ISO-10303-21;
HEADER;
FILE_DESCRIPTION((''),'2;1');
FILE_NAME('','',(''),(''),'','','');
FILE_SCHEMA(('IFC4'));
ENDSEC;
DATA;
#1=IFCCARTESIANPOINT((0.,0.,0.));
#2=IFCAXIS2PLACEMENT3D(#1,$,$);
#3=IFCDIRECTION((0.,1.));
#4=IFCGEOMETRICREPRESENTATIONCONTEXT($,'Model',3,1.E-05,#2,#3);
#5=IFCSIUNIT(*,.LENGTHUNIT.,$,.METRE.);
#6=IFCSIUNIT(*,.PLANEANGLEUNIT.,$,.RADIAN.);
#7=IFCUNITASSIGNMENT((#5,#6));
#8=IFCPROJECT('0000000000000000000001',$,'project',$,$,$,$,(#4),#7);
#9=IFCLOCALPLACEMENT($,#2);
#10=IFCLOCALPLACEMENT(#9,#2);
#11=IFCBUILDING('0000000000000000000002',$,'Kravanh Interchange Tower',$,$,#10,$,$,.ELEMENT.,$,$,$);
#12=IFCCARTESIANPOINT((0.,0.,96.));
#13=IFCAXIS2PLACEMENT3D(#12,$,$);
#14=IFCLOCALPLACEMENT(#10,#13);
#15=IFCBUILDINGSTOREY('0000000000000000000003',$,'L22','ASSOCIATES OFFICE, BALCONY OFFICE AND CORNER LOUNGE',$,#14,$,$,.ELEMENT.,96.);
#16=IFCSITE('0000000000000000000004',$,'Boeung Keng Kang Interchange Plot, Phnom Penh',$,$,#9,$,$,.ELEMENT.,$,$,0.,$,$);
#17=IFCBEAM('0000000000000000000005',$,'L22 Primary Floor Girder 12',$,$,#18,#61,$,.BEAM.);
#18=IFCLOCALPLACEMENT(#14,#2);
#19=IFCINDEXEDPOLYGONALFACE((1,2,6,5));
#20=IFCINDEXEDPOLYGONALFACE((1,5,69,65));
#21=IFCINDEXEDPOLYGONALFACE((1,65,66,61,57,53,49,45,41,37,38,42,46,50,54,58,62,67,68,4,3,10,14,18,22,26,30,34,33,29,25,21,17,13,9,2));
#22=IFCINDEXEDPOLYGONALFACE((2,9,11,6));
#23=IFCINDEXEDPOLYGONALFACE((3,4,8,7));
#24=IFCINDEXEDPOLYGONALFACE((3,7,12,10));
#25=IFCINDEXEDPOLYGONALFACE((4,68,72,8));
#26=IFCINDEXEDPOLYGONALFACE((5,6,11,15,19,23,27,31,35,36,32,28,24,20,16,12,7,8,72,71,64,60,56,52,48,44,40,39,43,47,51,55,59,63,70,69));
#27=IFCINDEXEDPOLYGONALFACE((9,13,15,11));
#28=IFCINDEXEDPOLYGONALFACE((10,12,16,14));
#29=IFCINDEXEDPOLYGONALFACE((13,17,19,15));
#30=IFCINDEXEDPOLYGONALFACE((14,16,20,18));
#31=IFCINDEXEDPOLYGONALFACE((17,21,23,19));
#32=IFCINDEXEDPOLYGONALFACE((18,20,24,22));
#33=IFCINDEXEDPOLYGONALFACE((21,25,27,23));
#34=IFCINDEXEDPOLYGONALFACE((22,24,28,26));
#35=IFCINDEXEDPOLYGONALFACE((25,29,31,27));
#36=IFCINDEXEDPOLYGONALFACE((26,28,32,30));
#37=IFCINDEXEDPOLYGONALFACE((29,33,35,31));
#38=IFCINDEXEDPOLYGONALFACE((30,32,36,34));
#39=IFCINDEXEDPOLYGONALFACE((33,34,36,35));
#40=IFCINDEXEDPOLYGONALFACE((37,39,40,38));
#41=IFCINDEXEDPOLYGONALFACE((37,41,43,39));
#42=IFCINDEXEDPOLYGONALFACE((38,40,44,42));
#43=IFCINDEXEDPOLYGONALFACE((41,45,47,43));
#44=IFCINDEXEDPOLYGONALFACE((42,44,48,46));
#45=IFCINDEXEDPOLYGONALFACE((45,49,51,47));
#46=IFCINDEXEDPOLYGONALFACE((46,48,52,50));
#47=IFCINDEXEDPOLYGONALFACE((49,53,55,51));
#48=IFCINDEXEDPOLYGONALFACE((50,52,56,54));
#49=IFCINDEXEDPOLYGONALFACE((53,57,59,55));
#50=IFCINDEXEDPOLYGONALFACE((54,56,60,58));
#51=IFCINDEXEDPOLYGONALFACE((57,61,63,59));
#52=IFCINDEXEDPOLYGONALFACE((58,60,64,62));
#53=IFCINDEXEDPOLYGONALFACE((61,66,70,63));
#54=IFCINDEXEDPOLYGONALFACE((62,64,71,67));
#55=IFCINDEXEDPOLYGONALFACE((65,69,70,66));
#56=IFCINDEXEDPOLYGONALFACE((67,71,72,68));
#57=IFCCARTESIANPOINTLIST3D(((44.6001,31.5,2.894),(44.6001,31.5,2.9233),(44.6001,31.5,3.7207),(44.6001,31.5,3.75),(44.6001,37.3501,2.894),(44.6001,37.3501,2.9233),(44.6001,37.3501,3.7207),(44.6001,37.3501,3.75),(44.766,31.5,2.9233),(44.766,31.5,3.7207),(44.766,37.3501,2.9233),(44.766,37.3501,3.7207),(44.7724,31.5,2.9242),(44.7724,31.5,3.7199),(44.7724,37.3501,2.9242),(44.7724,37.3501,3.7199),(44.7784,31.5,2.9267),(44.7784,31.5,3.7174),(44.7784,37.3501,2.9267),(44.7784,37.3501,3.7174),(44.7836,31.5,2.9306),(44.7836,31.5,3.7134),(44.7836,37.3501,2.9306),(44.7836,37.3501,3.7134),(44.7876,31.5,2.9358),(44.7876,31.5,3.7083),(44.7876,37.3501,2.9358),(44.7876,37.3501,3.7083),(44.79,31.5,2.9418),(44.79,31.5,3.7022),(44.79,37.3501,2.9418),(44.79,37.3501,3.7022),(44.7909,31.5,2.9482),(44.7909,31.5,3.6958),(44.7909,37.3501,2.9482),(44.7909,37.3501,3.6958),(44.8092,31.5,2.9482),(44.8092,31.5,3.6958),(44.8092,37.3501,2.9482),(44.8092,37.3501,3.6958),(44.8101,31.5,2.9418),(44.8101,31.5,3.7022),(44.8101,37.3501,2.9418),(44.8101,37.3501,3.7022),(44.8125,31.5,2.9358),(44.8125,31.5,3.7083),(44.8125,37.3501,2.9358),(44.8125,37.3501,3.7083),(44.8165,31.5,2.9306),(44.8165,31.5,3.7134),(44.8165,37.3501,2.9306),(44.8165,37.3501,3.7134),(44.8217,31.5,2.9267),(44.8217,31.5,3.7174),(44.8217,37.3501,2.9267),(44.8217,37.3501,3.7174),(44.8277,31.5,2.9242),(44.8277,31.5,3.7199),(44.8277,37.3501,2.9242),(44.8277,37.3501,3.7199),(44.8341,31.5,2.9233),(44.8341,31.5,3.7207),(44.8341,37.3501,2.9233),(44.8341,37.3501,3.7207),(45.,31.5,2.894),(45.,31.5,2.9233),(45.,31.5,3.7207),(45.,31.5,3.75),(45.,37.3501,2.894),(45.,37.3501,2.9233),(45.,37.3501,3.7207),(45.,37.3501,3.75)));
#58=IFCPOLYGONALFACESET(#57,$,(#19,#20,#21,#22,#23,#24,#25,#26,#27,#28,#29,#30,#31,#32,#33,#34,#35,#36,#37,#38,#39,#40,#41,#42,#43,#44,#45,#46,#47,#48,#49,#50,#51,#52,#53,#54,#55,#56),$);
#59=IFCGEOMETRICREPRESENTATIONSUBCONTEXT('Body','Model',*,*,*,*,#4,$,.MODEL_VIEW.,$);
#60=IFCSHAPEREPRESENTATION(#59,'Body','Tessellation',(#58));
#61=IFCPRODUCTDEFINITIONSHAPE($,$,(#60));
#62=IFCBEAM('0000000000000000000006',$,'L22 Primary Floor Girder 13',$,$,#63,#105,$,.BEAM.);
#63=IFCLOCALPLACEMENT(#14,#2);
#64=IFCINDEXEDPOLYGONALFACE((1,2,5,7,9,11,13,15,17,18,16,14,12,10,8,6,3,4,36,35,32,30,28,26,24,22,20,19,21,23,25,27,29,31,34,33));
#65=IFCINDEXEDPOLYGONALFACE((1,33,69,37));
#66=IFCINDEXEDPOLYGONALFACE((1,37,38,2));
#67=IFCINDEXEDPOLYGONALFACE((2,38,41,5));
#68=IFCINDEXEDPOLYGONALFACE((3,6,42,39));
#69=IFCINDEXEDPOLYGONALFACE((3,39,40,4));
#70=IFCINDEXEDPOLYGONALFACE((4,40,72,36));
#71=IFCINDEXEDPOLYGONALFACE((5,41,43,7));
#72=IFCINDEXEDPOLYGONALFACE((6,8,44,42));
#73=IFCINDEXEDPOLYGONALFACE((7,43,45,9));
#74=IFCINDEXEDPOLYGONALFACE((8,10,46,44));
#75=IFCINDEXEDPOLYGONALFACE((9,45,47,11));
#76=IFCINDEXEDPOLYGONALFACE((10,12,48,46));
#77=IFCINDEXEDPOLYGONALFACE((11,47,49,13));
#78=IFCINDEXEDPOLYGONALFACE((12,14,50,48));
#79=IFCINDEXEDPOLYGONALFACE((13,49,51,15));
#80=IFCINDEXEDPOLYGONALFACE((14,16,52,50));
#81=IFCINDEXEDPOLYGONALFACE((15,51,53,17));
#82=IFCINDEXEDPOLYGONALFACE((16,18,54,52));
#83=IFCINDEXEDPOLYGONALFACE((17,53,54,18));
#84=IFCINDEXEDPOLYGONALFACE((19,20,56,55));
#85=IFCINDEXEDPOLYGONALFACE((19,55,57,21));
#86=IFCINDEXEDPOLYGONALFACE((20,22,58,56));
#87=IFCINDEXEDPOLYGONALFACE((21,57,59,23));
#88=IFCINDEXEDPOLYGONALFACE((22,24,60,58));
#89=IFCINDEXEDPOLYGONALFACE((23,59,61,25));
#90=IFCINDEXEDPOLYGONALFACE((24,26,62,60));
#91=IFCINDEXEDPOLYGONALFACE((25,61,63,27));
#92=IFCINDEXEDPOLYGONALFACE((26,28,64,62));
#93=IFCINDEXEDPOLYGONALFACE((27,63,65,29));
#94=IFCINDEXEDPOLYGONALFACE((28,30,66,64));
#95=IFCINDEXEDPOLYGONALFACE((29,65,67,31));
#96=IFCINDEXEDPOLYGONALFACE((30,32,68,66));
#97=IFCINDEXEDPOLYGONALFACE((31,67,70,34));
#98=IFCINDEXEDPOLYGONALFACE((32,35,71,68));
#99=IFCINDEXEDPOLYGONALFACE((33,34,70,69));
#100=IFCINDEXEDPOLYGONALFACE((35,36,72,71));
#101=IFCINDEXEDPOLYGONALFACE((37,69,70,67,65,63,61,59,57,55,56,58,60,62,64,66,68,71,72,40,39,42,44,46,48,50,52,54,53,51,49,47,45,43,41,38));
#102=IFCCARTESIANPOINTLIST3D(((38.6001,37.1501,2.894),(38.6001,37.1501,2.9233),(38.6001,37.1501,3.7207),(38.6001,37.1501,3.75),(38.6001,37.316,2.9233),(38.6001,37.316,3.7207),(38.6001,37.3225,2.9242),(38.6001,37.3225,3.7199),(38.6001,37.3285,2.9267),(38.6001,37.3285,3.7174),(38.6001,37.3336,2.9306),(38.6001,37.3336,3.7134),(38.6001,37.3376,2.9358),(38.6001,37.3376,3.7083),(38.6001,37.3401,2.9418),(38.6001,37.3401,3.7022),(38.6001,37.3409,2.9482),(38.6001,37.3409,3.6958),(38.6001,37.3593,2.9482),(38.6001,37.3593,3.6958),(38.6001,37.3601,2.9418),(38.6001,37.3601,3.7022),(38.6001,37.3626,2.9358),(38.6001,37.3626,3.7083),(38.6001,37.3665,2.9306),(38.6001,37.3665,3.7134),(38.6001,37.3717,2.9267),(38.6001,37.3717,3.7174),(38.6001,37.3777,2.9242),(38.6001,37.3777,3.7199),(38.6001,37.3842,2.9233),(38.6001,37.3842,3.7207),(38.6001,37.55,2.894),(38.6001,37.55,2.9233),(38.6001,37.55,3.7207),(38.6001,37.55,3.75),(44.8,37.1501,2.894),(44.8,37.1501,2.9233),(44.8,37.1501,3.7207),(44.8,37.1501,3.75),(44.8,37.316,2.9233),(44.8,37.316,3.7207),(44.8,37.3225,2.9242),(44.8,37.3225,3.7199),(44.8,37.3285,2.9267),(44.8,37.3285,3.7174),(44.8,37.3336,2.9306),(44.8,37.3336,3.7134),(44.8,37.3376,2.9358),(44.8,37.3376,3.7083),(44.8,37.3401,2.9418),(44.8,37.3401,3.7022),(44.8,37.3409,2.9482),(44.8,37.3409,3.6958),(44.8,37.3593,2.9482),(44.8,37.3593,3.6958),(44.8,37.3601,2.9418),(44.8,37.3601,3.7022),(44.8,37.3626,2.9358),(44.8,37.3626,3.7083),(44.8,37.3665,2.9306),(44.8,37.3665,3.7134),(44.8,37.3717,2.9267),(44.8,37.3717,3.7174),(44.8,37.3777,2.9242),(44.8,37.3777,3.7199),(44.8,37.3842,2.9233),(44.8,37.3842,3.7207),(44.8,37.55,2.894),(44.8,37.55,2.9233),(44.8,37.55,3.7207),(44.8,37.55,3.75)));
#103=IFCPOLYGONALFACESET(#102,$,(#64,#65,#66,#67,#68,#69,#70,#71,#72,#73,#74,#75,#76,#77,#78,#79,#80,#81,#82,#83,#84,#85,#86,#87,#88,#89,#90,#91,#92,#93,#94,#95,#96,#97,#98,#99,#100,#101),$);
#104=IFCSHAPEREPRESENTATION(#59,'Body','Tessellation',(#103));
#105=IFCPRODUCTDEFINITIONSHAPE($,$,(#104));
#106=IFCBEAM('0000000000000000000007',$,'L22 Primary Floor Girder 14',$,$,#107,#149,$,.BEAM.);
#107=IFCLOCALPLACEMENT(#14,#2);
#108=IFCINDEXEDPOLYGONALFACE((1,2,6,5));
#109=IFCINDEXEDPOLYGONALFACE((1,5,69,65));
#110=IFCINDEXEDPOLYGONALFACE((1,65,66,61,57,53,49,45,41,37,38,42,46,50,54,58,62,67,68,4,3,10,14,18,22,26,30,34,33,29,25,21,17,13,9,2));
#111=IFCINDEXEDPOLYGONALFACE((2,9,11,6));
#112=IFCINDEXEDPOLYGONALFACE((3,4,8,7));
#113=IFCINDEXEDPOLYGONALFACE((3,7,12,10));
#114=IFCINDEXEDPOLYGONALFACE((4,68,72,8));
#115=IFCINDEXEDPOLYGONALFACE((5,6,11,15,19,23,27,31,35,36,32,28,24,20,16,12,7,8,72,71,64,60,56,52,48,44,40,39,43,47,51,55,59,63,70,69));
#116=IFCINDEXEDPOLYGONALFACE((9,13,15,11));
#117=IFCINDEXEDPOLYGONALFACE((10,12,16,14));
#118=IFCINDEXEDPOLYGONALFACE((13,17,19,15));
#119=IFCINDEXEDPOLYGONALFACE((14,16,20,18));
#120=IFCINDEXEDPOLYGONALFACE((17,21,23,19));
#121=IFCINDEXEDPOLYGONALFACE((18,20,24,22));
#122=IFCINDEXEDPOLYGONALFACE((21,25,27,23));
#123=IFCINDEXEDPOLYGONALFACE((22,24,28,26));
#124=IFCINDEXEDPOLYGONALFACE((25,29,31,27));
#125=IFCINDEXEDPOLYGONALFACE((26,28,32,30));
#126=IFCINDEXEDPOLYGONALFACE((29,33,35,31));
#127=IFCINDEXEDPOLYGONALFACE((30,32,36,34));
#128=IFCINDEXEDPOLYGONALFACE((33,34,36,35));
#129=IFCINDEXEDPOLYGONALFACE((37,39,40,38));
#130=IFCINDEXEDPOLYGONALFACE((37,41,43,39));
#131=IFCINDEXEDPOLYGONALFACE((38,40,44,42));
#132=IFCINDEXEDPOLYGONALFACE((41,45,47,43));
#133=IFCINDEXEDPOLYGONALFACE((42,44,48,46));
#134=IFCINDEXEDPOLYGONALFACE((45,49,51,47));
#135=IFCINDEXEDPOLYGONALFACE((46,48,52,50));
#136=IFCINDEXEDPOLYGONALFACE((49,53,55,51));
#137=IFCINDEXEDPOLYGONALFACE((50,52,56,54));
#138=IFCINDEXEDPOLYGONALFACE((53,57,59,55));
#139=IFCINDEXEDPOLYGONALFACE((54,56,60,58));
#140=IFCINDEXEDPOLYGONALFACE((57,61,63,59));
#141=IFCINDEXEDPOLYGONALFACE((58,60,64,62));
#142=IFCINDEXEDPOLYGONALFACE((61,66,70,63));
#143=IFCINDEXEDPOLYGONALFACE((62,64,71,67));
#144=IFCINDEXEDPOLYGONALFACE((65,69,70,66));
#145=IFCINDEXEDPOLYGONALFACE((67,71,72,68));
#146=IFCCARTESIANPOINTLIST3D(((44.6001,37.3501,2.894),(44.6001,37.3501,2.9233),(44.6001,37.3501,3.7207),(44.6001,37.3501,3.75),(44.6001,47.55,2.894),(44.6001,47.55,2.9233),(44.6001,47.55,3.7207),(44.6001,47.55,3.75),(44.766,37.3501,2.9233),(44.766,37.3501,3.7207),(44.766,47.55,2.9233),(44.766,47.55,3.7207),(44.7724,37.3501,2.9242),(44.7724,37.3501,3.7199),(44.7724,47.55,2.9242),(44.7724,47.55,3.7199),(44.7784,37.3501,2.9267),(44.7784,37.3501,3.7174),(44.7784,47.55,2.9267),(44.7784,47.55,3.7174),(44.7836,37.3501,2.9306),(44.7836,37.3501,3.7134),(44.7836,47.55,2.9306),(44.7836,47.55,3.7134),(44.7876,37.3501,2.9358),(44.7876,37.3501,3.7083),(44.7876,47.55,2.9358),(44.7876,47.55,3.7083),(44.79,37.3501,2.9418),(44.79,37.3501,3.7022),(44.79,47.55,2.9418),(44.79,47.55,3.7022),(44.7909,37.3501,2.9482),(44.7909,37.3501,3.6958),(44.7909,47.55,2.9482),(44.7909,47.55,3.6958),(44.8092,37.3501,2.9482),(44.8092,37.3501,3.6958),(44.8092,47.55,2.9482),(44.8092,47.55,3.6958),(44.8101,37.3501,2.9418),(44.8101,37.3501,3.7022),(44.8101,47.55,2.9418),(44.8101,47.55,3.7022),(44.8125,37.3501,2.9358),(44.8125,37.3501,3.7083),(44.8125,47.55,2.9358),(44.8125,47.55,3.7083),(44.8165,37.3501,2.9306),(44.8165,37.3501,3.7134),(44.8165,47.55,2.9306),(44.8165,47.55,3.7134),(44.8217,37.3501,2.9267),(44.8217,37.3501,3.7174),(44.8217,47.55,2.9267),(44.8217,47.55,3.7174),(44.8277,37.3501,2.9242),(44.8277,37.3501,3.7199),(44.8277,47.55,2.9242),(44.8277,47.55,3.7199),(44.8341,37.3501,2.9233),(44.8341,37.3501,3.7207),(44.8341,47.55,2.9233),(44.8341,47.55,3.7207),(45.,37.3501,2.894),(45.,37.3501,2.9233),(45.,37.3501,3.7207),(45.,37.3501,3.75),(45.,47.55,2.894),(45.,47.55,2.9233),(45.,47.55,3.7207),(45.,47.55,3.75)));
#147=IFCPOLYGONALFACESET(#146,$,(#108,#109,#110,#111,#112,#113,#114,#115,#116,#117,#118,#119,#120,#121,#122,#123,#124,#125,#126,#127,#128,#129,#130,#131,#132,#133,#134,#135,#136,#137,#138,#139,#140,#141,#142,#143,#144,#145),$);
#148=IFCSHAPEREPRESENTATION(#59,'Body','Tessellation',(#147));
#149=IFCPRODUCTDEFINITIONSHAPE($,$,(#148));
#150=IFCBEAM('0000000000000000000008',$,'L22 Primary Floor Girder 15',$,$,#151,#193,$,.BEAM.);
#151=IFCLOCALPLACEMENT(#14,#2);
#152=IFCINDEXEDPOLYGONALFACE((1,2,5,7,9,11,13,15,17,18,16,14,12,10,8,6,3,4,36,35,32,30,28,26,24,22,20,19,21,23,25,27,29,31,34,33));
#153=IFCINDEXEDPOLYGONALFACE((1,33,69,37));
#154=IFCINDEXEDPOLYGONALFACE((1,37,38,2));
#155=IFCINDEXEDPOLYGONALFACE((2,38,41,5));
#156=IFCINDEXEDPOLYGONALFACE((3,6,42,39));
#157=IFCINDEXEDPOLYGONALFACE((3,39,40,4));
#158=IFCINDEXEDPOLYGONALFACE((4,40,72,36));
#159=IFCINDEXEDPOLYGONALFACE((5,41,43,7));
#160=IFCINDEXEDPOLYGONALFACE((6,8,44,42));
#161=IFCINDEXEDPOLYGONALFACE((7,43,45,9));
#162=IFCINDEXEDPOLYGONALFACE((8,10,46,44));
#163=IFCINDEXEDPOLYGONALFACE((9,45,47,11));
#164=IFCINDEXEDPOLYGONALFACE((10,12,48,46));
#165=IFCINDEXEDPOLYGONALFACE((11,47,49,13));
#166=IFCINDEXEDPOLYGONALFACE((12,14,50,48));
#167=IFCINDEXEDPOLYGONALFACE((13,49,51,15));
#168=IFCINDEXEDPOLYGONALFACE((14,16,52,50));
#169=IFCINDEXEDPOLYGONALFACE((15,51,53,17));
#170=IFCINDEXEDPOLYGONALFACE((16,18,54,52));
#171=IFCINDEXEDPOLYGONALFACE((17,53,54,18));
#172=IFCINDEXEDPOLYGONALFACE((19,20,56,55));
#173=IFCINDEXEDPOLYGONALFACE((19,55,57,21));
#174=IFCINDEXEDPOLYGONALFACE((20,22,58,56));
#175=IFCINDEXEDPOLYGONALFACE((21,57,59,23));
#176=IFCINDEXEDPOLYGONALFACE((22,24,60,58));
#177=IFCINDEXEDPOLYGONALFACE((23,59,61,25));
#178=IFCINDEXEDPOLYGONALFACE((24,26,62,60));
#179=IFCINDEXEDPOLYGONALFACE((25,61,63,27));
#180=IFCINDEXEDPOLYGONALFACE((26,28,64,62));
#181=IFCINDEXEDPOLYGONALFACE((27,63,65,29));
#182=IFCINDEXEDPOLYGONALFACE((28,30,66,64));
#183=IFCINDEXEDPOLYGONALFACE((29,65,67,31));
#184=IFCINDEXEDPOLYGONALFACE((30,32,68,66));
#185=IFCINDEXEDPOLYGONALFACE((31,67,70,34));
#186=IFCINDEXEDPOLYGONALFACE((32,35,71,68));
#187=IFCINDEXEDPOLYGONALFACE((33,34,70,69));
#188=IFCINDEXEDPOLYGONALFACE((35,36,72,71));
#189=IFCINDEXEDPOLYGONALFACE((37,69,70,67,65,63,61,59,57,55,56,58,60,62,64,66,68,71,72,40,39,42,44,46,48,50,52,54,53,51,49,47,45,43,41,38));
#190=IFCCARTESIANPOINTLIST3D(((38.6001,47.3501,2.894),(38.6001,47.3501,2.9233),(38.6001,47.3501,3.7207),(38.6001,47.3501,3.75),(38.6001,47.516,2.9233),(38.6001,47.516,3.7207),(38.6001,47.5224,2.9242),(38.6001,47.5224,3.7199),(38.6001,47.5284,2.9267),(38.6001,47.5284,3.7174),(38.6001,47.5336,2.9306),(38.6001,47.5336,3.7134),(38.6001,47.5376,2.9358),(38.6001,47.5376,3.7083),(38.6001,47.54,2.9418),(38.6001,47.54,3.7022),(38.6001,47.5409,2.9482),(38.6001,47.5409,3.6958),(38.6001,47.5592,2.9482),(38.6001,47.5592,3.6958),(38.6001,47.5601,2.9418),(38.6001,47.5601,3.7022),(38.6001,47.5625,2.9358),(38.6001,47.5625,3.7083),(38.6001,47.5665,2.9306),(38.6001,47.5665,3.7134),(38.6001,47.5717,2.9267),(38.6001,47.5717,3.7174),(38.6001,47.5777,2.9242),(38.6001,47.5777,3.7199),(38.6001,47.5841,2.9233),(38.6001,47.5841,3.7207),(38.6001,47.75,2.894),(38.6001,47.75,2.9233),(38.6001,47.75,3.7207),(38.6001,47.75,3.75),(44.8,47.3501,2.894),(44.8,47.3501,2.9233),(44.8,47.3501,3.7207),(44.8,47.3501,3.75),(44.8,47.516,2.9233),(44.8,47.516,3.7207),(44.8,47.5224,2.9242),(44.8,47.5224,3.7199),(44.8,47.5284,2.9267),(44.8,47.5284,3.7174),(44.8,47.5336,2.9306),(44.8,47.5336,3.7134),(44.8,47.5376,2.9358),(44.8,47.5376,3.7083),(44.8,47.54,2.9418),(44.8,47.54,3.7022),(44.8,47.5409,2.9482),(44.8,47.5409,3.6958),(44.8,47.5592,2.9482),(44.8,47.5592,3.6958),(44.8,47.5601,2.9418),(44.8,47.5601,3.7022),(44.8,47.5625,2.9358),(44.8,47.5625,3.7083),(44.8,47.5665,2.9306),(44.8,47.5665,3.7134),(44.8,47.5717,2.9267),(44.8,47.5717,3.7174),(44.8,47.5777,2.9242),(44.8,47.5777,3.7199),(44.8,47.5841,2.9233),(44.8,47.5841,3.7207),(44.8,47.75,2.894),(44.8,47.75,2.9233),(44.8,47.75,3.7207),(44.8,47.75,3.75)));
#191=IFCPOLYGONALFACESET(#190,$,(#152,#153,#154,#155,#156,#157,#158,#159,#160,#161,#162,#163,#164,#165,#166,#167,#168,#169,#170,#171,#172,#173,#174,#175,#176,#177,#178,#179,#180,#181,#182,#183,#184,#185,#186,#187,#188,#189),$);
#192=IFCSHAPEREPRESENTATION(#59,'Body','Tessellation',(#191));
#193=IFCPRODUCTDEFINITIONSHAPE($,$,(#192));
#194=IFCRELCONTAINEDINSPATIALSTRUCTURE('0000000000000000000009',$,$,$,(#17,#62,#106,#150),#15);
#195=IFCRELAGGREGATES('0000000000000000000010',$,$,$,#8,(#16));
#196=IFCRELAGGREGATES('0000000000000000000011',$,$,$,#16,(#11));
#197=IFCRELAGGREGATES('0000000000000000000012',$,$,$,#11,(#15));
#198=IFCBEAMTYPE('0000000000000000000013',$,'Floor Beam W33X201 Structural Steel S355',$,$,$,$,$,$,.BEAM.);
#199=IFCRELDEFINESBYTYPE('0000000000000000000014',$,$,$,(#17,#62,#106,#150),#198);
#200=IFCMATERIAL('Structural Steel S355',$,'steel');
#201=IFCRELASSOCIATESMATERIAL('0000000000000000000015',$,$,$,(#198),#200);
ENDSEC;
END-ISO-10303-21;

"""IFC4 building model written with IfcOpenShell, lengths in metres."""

from ifc_helpers import new_model, si_unit, direction, frame, origin, origin_2d, place, context, subcontext, project, spatial, i_section, extrude, material, material_profile, profile_set, type_object, element, save


model = new_model("IFC4")

# Units and contexts
model_context = context("Model", 3, precision=1e-05, world=origin(), true_north=direction((0.0, 1.0)))
body_context = subcontext(model_context, "Body", "Model", "MODEL_VIEW")
ifc_project = project(units=[si_unit("LENGTHUNIT", "METRE"), si_unit("PLANEANGLEUNIT", "RADIAN")], contexts=[model_context])

# Site, building, storey
site_placement = place(None, origin())
site = spatial("IfcSite", under=ifc_project, at=site_placement, Name="Boeung Keng Kang Interchange Plot, Phnom Penh", CompositionType="ELEMENT", RefElevation=0.0)
building_placement = place(site_placement, origin())
building = spatial("IfcBuilding", under=site, at=building_placement, Name="Kravanh Interchange Tower", CompositionType="ELEMENT")
storey_placement = place(building_placement, frame((0.0, 0.0, 96.0)))
storey = spatial("IfcBuildingStorey", under=building, at=storey_placement, Name="L22", Description="ASSOCIATES OFFICE, BALCONY OFFICE AND CORNER LOUNGE", CompositionType="ELEMENT", Elevation=96.0)

# Beams
ifc_material_1 = material(Name="Structural Steel S355", Category="steel")
ifc_material_profile_1 = material_profile(ifc_material_1, i_section(OverallWidth=0.3999, OverallDepth=0.856, WebThickness=0.0183, FlangeThickness=0.0293, FilletRadius=0.0249, at=origin_2d()), Name="W33X201")
ifc_profile_set_1 = profile_set([ifc_material_profile_1], Name="Structural Steel S355")
beam_type_1 = type_object("IfcBeamType", Name="Floor Beam W33X201 Structural Steel S355", PredefinedType="BEAM", material=ifc_profile_set_1)
beam_1_placement = place(storey_placement, frame((44.8, 37.3501, 3.322), z_axis=(0.0, -1.0, 0.0), x_axis=(1.0, 0.0, 0.0)))
element("IfcBeam", 1, at=beam_1_placement, inside=storey, type_object=beam_type_1, Name="L22 Primary Floor Girder 12", PredefinedType="BEAM", context=body_context, shape_type="SweptSolid", body=[
    extrude(i_section(OverallWidth=0.3999, OverallDepth=0.856, WebThickness=0.0183, FlangeThickness=0.0293, FilletRadius=0.0249, at=origin_2d()), origin(), (0.0, 0.0, 1.0), 5.8501),
])
beam_2_placement = place(storey_placement, frame((44.8, 37.3501, 3.322), z_axis=(-1.0, 0.0, 0.0), x_axis=(0.0, -1.0, 0.0)))
element("IfcBeam", 2, at=beam_2_placement, inside=storey, type_object=beam_type_1, Name="L22 Primary Floor Girder 13", PredefinedType="BEAM", context=body_context, shape_type="SweptSolid", body=[
    extrude(i_section(OverallWidth=0.3999, OverallDepth=0.856, WebThickness=0.0183, FlangeThickness=0.0293, FilletRadius=0.0249, at=origin_2d()), origin(), (0.0, 0.0, 1.0), 6.2),
])
beam_3_placement = place(storey_placement, frame((44.8, 37.3501, 3.322), z_axis=(0.0, 1.0, 0.0), x_axis=(-1.0, 0.0, 0.0)))
element("IfcBeam", 3, at=beam_3_placement, inside=storey, type_object=beam_type_1, Name="L22 Primary Floor Girder 14", PredefinedType="BEAM", context=body_context, shape_type="SweptSolid", body=[
    extrude(i_section(OverallWidth=0.3999, OverallDepth=0.856, WebThickness=0.0183, FlangeThickness=0.0293, FilletRadius=0.0249, at=origin_2d()), origin(), (0.0, 0.0, 1.0), 10.2),
])
beam_4_placement = place(storey_placement, frame((44.8, 47.55, 3.322), z_axis=(-1.0, 0.0, 0.0), x_axis=(0.0, -1.0, 0.0)))
element("IfcBeam", 4, at=beam_4_placement, inside=storey, type_object=beam_type_1, Name="L22 Primary Floor Girder 15", PredefinedType="BEAM", context=body_context, shape_type="SweptSolid", body=[
    extrude(i_section(OverallWidth=0.3999, OverallDepth=0.856, WebThickness=0.0183, FlangeThickness=0.0293, FilletRadius=0.0249, at=origin_2d()), origin(), (0.0, 0.0, 1.0), 6.2),
])

save(model, "model.ifc")
